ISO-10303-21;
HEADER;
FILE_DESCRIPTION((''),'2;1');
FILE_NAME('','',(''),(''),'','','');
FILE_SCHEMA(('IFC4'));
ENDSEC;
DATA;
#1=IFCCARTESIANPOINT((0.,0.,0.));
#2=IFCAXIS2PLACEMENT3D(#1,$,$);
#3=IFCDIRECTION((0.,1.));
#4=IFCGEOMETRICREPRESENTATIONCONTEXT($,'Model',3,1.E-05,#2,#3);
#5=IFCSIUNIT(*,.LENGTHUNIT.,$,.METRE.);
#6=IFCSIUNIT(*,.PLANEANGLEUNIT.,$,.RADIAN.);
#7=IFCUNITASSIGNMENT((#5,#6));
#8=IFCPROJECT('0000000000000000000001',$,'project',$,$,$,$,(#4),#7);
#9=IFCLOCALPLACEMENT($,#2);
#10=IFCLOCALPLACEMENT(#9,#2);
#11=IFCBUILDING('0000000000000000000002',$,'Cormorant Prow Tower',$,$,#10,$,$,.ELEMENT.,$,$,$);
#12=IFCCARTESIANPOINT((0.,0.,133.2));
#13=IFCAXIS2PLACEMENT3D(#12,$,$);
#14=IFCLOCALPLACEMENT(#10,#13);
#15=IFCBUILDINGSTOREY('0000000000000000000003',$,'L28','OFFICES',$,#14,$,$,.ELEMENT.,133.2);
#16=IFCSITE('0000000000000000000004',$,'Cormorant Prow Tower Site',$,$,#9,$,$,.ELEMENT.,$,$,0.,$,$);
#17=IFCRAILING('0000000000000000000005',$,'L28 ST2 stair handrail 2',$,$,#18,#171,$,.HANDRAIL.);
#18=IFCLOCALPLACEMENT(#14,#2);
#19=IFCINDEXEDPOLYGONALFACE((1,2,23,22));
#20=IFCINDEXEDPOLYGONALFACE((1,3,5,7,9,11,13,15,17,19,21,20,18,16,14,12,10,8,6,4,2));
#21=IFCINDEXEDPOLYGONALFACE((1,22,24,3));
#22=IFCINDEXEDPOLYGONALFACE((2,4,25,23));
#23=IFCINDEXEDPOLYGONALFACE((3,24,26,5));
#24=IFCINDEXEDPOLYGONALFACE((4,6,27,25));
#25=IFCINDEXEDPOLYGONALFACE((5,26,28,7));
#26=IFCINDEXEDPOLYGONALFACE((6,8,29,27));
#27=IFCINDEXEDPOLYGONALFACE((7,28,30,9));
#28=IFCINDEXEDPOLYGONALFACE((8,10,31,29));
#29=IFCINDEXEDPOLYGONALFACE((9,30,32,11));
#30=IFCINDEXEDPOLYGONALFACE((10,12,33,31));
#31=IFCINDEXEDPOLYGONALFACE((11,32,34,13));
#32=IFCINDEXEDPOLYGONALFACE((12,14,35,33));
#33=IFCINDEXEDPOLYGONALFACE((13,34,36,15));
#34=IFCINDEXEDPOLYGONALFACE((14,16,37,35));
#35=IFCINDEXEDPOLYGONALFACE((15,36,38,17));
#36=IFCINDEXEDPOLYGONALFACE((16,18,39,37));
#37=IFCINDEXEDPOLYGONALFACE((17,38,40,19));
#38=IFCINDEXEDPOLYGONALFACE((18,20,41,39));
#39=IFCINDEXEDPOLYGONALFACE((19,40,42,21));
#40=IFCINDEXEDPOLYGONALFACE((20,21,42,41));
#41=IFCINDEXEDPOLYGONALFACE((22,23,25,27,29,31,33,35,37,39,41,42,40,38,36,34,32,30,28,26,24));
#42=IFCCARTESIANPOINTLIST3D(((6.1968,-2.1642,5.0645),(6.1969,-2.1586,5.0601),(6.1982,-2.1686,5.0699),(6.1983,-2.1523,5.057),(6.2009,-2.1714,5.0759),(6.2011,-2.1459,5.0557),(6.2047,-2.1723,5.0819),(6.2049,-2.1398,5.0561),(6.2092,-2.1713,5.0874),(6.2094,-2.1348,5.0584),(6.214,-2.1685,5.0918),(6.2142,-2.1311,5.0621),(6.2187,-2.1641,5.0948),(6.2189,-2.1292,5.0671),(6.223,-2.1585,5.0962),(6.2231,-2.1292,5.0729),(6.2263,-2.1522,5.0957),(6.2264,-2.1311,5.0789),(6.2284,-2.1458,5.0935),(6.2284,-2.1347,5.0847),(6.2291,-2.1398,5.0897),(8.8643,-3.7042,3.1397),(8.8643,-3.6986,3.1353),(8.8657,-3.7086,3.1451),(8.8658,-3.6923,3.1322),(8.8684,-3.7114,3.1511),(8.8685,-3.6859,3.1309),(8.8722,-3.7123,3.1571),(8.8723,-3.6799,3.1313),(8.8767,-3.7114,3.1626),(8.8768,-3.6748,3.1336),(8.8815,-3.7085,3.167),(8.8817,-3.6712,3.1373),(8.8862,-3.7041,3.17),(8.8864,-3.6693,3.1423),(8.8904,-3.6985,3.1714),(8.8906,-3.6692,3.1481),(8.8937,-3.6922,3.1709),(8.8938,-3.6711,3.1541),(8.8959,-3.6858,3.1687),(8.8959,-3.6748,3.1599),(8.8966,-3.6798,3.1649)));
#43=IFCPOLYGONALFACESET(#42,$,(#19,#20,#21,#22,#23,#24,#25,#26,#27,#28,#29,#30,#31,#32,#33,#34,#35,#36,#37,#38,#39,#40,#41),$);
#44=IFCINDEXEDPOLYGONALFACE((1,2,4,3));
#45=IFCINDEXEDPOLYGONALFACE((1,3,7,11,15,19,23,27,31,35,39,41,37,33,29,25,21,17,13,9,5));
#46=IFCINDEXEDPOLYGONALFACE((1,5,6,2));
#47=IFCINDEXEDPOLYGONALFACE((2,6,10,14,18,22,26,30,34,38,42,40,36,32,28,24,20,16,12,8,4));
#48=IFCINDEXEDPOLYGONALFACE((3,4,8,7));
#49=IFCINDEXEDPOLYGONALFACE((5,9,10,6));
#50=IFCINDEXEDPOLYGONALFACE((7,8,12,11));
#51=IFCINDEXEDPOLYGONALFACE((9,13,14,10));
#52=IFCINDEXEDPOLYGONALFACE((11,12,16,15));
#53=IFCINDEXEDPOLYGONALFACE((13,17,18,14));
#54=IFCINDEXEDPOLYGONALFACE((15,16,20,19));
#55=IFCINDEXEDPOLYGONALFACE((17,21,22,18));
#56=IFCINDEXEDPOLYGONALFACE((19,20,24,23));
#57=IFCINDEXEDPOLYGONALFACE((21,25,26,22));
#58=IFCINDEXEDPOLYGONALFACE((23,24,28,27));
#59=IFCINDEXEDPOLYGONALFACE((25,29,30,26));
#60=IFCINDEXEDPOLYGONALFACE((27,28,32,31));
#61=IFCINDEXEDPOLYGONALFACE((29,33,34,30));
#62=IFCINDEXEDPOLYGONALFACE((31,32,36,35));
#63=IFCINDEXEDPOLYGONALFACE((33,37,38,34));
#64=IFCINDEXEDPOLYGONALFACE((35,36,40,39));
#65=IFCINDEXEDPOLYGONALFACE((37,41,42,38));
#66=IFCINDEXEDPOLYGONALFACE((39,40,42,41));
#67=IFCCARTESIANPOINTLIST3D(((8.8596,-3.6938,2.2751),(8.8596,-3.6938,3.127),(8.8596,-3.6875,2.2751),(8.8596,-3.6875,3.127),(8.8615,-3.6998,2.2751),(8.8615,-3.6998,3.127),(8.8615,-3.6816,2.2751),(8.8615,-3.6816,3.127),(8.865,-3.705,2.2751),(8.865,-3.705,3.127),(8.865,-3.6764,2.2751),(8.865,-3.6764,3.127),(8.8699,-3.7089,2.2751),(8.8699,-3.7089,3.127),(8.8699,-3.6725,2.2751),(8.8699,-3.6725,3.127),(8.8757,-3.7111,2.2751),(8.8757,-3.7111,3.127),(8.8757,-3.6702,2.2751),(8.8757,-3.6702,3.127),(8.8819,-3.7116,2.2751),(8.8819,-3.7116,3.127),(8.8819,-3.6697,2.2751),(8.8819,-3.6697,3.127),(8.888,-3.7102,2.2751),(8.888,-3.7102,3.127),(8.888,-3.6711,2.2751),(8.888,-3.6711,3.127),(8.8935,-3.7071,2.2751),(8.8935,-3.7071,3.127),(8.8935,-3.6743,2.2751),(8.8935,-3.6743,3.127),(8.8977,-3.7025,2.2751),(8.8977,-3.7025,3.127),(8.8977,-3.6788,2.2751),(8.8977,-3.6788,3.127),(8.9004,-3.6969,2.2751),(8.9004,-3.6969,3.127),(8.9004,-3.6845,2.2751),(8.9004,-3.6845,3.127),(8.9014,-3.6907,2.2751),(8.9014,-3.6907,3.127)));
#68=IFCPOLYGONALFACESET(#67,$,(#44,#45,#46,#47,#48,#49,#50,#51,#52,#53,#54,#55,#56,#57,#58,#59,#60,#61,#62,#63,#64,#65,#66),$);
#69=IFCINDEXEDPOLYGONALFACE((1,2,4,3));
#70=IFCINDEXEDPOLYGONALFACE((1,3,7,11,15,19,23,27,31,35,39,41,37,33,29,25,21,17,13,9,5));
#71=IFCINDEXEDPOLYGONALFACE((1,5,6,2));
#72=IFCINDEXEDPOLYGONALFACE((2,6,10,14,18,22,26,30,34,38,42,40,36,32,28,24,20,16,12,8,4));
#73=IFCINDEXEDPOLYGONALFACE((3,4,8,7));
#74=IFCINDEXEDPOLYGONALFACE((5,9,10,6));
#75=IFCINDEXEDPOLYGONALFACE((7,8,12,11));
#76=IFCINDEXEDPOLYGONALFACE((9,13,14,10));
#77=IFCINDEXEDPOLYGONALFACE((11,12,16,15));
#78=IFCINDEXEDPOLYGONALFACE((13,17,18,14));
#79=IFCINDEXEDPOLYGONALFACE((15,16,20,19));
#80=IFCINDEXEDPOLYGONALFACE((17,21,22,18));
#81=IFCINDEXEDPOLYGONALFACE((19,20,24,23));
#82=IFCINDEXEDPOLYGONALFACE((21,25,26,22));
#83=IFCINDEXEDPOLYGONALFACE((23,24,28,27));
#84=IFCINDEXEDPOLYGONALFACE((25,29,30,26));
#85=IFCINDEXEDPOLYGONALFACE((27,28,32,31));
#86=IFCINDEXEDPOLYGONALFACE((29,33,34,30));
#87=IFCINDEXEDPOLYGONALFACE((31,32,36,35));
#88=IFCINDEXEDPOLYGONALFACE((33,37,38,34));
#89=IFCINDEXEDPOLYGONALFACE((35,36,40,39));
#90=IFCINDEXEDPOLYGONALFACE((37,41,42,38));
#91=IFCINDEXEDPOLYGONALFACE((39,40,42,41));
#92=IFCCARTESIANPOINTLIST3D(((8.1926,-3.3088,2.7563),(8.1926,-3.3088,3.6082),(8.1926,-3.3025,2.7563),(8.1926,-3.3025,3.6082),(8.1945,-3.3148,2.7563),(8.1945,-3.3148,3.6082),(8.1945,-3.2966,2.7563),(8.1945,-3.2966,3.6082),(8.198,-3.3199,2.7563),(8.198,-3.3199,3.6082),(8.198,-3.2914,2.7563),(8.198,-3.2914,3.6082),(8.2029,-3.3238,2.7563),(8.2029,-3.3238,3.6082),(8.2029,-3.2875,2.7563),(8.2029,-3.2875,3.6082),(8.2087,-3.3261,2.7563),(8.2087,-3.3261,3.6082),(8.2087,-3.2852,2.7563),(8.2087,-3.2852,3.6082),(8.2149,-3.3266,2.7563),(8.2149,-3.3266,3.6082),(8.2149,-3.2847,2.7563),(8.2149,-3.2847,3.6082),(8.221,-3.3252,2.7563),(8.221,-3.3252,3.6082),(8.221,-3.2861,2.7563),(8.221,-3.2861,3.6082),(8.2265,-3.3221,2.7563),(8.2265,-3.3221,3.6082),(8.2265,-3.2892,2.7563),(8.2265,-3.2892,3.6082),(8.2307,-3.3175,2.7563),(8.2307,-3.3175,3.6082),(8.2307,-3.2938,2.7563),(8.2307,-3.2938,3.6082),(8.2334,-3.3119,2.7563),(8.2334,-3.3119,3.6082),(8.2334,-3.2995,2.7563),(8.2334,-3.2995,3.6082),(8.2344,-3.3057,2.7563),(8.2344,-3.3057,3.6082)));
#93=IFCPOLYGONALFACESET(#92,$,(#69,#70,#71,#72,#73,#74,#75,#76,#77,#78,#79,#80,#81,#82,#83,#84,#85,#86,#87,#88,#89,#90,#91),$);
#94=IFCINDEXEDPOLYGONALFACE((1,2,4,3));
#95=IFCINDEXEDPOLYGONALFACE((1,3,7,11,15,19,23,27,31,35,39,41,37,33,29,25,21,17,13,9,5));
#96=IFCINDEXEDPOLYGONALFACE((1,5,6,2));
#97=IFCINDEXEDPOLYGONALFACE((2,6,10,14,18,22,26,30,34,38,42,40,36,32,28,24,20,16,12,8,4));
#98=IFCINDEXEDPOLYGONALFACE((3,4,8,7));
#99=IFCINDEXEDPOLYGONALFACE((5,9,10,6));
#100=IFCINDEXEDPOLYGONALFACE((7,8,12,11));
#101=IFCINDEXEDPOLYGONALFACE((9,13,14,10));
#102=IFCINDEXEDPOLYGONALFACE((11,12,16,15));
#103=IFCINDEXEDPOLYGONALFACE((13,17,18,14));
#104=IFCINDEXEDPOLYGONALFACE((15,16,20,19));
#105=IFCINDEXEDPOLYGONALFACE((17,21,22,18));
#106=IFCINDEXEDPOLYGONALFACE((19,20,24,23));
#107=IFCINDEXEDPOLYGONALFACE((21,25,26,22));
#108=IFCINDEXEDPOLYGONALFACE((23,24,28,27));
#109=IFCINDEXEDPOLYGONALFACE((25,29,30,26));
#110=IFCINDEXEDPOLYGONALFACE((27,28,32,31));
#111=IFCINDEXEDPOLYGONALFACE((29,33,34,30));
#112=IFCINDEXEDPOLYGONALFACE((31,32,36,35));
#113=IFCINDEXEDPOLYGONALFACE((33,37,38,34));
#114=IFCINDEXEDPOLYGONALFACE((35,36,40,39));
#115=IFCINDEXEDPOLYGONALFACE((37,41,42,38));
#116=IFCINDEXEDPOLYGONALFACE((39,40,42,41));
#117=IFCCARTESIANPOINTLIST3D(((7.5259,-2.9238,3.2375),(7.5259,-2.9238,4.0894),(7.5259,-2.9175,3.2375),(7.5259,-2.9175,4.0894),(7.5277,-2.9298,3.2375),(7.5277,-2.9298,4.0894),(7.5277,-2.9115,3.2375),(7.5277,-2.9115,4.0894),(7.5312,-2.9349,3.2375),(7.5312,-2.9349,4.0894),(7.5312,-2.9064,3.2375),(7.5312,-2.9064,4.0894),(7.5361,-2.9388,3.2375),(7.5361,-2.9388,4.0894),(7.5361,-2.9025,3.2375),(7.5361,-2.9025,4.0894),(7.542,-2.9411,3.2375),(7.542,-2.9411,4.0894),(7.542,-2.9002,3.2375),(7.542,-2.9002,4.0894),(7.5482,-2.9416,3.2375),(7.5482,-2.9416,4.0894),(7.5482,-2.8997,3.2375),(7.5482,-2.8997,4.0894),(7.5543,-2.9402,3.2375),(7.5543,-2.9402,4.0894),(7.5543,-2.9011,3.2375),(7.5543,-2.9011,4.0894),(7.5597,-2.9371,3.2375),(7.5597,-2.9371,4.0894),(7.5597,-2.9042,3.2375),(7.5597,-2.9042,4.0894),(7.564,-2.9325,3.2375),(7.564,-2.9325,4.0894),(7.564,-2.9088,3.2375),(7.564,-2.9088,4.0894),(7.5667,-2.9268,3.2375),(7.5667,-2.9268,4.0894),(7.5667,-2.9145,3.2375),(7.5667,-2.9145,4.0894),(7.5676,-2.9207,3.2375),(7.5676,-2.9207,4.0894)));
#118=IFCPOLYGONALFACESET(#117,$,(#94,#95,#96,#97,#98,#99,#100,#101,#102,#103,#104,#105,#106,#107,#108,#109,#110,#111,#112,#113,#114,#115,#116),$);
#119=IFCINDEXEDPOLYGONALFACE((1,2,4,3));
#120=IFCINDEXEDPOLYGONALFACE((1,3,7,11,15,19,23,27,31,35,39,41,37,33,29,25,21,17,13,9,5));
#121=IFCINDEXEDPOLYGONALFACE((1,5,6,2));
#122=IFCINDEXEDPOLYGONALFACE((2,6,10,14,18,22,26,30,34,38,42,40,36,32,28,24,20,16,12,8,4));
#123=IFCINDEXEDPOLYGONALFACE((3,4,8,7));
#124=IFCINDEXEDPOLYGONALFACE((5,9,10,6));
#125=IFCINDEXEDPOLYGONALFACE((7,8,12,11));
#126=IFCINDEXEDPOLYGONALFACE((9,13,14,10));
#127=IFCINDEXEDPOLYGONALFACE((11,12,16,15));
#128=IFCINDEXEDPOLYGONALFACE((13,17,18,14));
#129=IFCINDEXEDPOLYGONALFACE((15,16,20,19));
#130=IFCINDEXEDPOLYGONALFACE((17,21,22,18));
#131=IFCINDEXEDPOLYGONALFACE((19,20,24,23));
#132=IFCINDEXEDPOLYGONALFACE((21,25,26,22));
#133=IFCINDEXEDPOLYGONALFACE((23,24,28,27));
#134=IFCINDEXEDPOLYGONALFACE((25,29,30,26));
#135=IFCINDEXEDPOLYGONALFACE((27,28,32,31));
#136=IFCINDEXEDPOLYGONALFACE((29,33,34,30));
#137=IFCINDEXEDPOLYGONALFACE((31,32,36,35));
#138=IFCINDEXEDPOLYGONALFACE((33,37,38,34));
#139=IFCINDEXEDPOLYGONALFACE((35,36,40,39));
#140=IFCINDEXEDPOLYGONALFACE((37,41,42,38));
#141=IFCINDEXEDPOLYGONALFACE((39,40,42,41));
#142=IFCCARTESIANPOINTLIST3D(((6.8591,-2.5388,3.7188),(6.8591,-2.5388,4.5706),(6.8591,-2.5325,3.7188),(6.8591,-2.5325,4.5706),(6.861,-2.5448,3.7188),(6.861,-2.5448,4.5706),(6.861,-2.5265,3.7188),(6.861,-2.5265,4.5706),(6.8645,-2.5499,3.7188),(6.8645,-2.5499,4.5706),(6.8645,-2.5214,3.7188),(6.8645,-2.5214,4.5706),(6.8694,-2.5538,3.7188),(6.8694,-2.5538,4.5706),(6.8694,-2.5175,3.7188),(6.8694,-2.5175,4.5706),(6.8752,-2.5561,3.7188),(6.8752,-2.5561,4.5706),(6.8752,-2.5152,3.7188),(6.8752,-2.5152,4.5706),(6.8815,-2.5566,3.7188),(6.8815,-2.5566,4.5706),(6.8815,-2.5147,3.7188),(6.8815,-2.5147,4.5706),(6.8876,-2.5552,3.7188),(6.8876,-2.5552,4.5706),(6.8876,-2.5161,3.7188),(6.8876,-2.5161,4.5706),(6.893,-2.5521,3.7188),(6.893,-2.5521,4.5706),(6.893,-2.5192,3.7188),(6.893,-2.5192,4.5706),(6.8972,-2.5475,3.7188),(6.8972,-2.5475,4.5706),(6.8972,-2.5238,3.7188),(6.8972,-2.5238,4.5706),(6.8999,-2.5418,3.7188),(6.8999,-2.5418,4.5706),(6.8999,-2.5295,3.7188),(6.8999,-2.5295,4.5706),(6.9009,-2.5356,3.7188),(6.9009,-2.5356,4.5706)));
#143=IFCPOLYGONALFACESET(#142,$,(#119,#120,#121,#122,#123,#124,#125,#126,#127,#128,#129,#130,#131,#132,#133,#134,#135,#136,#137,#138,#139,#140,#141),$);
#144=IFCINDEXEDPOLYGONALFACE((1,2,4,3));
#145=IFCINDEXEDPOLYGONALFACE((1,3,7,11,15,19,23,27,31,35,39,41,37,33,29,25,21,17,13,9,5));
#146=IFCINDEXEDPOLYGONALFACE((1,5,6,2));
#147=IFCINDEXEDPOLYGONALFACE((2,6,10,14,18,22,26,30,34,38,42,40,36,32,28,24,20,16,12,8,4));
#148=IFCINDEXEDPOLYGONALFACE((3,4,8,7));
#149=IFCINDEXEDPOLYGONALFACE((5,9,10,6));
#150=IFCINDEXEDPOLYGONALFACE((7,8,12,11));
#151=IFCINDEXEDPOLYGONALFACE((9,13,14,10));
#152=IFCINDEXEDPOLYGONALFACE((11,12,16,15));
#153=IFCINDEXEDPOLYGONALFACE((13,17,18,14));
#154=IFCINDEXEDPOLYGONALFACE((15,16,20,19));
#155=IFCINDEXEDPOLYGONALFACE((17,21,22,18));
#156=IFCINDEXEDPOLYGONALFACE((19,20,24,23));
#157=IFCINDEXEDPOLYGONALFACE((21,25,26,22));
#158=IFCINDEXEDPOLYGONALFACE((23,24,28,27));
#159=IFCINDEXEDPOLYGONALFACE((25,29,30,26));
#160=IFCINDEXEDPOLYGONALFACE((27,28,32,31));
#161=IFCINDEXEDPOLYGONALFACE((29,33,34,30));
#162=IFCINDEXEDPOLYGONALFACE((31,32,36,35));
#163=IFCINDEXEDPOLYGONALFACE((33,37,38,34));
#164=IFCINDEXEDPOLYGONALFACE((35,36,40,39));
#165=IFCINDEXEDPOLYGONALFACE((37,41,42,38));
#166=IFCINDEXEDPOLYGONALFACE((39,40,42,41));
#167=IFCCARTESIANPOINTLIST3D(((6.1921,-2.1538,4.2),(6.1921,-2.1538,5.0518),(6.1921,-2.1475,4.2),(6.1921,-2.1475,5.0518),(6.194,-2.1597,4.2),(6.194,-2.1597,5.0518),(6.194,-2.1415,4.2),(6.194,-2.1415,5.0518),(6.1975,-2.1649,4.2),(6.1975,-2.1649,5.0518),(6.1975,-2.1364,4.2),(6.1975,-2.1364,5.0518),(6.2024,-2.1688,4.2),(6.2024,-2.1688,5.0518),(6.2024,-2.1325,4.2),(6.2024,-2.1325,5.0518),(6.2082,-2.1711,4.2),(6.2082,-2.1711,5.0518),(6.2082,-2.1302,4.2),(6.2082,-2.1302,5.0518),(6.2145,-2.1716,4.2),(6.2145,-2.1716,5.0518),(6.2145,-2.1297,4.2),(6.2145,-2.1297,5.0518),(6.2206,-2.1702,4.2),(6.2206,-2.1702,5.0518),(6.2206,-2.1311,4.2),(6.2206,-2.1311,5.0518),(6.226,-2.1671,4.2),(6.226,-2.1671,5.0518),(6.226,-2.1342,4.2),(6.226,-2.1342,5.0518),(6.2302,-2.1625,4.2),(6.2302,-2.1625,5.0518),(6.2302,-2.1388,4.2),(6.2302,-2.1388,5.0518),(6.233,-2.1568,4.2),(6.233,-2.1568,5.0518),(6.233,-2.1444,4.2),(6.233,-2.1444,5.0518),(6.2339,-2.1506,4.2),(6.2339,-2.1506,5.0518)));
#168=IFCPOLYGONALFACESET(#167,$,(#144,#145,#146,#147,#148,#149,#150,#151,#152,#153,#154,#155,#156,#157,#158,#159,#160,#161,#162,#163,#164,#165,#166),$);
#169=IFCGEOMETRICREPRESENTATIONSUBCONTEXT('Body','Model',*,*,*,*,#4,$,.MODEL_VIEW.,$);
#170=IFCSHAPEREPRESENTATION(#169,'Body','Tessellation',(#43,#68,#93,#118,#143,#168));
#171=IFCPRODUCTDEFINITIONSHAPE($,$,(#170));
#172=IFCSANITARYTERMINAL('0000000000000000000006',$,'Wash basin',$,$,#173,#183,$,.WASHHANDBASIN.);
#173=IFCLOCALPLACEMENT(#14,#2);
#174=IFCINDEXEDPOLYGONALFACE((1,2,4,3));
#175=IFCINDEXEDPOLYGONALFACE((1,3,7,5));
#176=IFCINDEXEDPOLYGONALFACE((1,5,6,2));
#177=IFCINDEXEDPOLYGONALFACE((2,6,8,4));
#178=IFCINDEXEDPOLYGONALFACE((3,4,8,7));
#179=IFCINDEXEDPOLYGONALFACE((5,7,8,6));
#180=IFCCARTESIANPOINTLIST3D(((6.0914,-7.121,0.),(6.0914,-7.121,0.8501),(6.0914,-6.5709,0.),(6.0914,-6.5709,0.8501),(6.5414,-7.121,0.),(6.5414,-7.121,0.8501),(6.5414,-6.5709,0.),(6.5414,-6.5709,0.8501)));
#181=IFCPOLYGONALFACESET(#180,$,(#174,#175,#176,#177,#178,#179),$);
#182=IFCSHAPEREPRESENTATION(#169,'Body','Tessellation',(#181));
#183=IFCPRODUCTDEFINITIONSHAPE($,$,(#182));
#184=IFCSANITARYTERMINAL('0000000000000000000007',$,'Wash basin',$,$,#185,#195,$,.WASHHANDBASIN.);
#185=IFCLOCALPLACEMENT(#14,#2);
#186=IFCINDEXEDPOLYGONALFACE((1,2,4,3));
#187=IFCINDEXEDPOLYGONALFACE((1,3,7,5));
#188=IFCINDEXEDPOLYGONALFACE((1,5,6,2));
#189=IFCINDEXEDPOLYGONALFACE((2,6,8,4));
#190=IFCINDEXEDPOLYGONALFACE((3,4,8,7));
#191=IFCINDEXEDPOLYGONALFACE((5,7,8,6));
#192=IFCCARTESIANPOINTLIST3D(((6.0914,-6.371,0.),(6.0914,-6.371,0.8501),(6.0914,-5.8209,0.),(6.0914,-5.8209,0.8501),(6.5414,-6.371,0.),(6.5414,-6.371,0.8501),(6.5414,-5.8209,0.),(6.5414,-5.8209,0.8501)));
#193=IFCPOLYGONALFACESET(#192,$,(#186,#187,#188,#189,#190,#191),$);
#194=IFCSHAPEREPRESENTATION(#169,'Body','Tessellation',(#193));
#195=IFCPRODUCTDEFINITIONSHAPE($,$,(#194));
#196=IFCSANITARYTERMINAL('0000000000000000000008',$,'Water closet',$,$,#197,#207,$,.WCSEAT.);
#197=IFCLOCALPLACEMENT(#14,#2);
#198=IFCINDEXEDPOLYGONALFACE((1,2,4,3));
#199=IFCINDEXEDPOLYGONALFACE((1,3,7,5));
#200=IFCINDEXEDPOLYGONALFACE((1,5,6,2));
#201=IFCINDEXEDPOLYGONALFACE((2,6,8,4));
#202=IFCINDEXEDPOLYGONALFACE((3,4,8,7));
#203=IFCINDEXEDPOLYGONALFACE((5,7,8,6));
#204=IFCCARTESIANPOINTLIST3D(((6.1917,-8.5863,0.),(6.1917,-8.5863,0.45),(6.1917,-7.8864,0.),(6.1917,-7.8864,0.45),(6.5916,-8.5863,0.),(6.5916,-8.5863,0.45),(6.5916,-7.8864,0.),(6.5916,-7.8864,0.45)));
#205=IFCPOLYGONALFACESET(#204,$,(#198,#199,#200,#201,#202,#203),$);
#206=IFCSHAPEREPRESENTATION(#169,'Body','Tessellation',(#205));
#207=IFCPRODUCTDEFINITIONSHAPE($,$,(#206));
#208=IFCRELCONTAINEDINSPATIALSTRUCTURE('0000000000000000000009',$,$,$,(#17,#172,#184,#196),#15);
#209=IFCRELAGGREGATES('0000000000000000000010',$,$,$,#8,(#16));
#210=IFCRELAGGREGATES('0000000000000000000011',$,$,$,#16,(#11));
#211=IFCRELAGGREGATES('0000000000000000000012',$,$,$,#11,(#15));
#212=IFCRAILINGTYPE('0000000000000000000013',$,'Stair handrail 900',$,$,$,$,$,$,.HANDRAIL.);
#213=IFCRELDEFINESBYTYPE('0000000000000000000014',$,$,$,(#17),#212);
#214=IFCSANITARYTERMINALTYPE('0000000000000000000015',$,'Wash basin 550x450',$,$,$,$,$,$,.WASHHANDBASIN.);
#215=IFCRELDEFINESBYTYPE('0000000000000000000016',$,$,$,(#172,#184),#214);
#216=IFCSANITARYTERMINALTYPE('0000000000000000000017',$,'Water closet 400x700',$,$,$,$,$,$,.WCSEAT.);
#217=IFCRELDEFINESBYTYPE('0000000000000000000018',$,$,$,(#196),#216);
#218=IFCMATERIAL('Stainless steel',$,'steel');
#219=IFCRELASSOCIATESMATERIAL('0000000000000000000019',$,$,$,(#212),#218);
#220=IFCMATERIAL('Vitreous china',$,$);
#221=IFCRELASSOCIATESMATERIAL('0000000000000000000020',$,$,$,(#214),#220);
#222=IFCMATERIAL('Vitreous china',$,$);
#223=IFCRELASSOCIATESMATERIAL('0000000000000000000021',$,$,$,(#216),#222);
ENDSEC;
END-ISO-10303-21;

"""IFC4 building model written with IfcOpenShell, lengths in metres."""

from ifc_helpers import new_model, si_unit, direction, frame, origin, origin_2d, place, context, subcontext, project, spatial, rectangle, circle, extrude, material, type_object, element, save


model = new_model("IFC4")

# Units and contexts
model_context = context("Model", 3, precision=1e-05, world=origin(), true_north=direction((0.0, 1.0)))
body_context = subcontext(model_context, "Body", "Model", "MODEL_VIEW")
ifc_project = project(units=[si_unit("LENGTHUNIT", "METRE"), si_unit("PLANEANGLEUNIT", "RADIAN")], contexts=[model_context])

# Site, building, storey
site_placement = place(None, origin())
site = spatial("IfcSite", under=ifc_project, at=site_placement, Name="Cormorant Prow Tower Site", CompositionType="ELEMENT", RefElevation=0.0)
building_placement = place(site_placement, origin())
building = spatial("IfcBuilding", under=site, at=building_placement, Name="Cormorant Prow Tower", CompositionType="ELEMENT")
storey_placement = place(building_placement, frame((0.0, 0.0, 133.2)))
storey = spatial("IfcBuildingStorey", under=building, at=storey_placement, Name="L28", Description="OFFICES", CompositionType="ELEMENT", Elevation=133.2)

# Railing
ifc_material_1 = material(Name="Stainless steel", Category="steel")
railing_type_1 = type_object("IfcRailingType", Name="Stair handrail 900", PredefinedType="HANDRAIL", material=ifc_material_1)
railing_1_placement = place(storey_placement, frame((8.8804, -3.6907, 2.2751)))
element("IfcRailing", 1, at=railing_1_placement, inside=storey, type_object=railing_type_1, Name="L28 ST2 stair handrail 2", PredefinedType="HANDRAIL", context=body_context, shape_type="SweptSolid", body=[
    extrude(circle(Radius=0.0239, at=origin_2d()), frame((0.0, 0.0, 0.876), z_axis=(-0.734421, 0.42401, 0.529945), x_axis=(-0.499992, -0.86603, 0.0)), (0.0, 0.0, 1.0), 3.6321),
    extrude(circle(Radius=0.021, at=origin_2d()), origin(), (0.0, 0.0, 1.0), 0.8518),
    extrude(circle(Radius=0.021, at=origin_2d()), frame((-0.667, 0.385, 0.4812)), (0.0, 0.0, 1.0), 0.8518),
    extrude(circle(Radius=0.021, at=origin_2d()), frame((-1.3337, 0.77, 0.9624)), (0.0, 0.0, 1.0), 0.8518),
    extrude(circle(Radius=0.021, at=origin_2d()), frame((-2.0005, 1.155, 1.4436)), (0.0, 0.0, 1.0), 0.8518),
    extrude(circle(Radius=0.021, at=origin_2d()), frame((-2.6675, 1.54, 1.9248)), (0.0, 0.0, 1.0), 0.8518),
])

# Sanitary terminals
ifc_material_2 = material(Name="Vitreous china")
sanitary_terminal_type_1 = type_object("IfcSanitaryTerminalType", Name="Wash basin 550x450", PredefinedType="WASHHANDBASIN", material=ifc_material_2)
for number, where, z_axis, x_axis, name in (
    (2, (6.3164, -6.8459, 0.0), (0.0, 0.0, 1.0), (0.0, -1.0, 0.0), "Wash basin"),
    (3, (6.3164, -6.0959, 0.0), (0.0, 0.0, 1.0), (0.0, -1.0, 0.0), "Wash basin"),
):
    element("IfcSanitaryTerminal", number, at=place(storey_placement, frame(where, z_axis=z_axis, x_axis=x_axis)), inside=storey, type_object=sanitary_terminal_type_1, Name=name, PredefinedType="WASHHANDBASIN", context=body_context, shape_type="SweptSolid", body=[
        extrude(rectangle(XDim=0.55, YDim=0.45, at=origin_2d()), origin(), (0.0, 0.0, 1.0), 0.8501),
    ])
ifc_material_3 = material(Name="Vitreous china")
sanitary_terminal_type_2 = type_object("IfcSanitaryTerminalType", Name="Water closet 400x700", PredefinedType="WCSEAT", material=ifc_material_3)
for number, where, z_axis, x_axis, name in (
    (4, (6.3916, -8.2363, 0.0), (0.0, 0.0, 1.0), (1.0, 0.0, 0.0), "Water closet"),
):
    element("IfcSanitaryTerminal", number, at=place(storey_placement, frame(where, z_axis=z_axis, x_axis=x_axis)), inside=storey, type_object=sanitary_terminal_type_2, Name=name, PredefinedType="WCSEAT", context=body_context, shape_type="SweptSolid", body=[
        extrude(rectangle(XDim=0.3999, YDim=0.7, at=origin_2d()), origin(), (0.0, 0.0, 1.0), 0.45),
    ])

save(model, "model.ifc")
